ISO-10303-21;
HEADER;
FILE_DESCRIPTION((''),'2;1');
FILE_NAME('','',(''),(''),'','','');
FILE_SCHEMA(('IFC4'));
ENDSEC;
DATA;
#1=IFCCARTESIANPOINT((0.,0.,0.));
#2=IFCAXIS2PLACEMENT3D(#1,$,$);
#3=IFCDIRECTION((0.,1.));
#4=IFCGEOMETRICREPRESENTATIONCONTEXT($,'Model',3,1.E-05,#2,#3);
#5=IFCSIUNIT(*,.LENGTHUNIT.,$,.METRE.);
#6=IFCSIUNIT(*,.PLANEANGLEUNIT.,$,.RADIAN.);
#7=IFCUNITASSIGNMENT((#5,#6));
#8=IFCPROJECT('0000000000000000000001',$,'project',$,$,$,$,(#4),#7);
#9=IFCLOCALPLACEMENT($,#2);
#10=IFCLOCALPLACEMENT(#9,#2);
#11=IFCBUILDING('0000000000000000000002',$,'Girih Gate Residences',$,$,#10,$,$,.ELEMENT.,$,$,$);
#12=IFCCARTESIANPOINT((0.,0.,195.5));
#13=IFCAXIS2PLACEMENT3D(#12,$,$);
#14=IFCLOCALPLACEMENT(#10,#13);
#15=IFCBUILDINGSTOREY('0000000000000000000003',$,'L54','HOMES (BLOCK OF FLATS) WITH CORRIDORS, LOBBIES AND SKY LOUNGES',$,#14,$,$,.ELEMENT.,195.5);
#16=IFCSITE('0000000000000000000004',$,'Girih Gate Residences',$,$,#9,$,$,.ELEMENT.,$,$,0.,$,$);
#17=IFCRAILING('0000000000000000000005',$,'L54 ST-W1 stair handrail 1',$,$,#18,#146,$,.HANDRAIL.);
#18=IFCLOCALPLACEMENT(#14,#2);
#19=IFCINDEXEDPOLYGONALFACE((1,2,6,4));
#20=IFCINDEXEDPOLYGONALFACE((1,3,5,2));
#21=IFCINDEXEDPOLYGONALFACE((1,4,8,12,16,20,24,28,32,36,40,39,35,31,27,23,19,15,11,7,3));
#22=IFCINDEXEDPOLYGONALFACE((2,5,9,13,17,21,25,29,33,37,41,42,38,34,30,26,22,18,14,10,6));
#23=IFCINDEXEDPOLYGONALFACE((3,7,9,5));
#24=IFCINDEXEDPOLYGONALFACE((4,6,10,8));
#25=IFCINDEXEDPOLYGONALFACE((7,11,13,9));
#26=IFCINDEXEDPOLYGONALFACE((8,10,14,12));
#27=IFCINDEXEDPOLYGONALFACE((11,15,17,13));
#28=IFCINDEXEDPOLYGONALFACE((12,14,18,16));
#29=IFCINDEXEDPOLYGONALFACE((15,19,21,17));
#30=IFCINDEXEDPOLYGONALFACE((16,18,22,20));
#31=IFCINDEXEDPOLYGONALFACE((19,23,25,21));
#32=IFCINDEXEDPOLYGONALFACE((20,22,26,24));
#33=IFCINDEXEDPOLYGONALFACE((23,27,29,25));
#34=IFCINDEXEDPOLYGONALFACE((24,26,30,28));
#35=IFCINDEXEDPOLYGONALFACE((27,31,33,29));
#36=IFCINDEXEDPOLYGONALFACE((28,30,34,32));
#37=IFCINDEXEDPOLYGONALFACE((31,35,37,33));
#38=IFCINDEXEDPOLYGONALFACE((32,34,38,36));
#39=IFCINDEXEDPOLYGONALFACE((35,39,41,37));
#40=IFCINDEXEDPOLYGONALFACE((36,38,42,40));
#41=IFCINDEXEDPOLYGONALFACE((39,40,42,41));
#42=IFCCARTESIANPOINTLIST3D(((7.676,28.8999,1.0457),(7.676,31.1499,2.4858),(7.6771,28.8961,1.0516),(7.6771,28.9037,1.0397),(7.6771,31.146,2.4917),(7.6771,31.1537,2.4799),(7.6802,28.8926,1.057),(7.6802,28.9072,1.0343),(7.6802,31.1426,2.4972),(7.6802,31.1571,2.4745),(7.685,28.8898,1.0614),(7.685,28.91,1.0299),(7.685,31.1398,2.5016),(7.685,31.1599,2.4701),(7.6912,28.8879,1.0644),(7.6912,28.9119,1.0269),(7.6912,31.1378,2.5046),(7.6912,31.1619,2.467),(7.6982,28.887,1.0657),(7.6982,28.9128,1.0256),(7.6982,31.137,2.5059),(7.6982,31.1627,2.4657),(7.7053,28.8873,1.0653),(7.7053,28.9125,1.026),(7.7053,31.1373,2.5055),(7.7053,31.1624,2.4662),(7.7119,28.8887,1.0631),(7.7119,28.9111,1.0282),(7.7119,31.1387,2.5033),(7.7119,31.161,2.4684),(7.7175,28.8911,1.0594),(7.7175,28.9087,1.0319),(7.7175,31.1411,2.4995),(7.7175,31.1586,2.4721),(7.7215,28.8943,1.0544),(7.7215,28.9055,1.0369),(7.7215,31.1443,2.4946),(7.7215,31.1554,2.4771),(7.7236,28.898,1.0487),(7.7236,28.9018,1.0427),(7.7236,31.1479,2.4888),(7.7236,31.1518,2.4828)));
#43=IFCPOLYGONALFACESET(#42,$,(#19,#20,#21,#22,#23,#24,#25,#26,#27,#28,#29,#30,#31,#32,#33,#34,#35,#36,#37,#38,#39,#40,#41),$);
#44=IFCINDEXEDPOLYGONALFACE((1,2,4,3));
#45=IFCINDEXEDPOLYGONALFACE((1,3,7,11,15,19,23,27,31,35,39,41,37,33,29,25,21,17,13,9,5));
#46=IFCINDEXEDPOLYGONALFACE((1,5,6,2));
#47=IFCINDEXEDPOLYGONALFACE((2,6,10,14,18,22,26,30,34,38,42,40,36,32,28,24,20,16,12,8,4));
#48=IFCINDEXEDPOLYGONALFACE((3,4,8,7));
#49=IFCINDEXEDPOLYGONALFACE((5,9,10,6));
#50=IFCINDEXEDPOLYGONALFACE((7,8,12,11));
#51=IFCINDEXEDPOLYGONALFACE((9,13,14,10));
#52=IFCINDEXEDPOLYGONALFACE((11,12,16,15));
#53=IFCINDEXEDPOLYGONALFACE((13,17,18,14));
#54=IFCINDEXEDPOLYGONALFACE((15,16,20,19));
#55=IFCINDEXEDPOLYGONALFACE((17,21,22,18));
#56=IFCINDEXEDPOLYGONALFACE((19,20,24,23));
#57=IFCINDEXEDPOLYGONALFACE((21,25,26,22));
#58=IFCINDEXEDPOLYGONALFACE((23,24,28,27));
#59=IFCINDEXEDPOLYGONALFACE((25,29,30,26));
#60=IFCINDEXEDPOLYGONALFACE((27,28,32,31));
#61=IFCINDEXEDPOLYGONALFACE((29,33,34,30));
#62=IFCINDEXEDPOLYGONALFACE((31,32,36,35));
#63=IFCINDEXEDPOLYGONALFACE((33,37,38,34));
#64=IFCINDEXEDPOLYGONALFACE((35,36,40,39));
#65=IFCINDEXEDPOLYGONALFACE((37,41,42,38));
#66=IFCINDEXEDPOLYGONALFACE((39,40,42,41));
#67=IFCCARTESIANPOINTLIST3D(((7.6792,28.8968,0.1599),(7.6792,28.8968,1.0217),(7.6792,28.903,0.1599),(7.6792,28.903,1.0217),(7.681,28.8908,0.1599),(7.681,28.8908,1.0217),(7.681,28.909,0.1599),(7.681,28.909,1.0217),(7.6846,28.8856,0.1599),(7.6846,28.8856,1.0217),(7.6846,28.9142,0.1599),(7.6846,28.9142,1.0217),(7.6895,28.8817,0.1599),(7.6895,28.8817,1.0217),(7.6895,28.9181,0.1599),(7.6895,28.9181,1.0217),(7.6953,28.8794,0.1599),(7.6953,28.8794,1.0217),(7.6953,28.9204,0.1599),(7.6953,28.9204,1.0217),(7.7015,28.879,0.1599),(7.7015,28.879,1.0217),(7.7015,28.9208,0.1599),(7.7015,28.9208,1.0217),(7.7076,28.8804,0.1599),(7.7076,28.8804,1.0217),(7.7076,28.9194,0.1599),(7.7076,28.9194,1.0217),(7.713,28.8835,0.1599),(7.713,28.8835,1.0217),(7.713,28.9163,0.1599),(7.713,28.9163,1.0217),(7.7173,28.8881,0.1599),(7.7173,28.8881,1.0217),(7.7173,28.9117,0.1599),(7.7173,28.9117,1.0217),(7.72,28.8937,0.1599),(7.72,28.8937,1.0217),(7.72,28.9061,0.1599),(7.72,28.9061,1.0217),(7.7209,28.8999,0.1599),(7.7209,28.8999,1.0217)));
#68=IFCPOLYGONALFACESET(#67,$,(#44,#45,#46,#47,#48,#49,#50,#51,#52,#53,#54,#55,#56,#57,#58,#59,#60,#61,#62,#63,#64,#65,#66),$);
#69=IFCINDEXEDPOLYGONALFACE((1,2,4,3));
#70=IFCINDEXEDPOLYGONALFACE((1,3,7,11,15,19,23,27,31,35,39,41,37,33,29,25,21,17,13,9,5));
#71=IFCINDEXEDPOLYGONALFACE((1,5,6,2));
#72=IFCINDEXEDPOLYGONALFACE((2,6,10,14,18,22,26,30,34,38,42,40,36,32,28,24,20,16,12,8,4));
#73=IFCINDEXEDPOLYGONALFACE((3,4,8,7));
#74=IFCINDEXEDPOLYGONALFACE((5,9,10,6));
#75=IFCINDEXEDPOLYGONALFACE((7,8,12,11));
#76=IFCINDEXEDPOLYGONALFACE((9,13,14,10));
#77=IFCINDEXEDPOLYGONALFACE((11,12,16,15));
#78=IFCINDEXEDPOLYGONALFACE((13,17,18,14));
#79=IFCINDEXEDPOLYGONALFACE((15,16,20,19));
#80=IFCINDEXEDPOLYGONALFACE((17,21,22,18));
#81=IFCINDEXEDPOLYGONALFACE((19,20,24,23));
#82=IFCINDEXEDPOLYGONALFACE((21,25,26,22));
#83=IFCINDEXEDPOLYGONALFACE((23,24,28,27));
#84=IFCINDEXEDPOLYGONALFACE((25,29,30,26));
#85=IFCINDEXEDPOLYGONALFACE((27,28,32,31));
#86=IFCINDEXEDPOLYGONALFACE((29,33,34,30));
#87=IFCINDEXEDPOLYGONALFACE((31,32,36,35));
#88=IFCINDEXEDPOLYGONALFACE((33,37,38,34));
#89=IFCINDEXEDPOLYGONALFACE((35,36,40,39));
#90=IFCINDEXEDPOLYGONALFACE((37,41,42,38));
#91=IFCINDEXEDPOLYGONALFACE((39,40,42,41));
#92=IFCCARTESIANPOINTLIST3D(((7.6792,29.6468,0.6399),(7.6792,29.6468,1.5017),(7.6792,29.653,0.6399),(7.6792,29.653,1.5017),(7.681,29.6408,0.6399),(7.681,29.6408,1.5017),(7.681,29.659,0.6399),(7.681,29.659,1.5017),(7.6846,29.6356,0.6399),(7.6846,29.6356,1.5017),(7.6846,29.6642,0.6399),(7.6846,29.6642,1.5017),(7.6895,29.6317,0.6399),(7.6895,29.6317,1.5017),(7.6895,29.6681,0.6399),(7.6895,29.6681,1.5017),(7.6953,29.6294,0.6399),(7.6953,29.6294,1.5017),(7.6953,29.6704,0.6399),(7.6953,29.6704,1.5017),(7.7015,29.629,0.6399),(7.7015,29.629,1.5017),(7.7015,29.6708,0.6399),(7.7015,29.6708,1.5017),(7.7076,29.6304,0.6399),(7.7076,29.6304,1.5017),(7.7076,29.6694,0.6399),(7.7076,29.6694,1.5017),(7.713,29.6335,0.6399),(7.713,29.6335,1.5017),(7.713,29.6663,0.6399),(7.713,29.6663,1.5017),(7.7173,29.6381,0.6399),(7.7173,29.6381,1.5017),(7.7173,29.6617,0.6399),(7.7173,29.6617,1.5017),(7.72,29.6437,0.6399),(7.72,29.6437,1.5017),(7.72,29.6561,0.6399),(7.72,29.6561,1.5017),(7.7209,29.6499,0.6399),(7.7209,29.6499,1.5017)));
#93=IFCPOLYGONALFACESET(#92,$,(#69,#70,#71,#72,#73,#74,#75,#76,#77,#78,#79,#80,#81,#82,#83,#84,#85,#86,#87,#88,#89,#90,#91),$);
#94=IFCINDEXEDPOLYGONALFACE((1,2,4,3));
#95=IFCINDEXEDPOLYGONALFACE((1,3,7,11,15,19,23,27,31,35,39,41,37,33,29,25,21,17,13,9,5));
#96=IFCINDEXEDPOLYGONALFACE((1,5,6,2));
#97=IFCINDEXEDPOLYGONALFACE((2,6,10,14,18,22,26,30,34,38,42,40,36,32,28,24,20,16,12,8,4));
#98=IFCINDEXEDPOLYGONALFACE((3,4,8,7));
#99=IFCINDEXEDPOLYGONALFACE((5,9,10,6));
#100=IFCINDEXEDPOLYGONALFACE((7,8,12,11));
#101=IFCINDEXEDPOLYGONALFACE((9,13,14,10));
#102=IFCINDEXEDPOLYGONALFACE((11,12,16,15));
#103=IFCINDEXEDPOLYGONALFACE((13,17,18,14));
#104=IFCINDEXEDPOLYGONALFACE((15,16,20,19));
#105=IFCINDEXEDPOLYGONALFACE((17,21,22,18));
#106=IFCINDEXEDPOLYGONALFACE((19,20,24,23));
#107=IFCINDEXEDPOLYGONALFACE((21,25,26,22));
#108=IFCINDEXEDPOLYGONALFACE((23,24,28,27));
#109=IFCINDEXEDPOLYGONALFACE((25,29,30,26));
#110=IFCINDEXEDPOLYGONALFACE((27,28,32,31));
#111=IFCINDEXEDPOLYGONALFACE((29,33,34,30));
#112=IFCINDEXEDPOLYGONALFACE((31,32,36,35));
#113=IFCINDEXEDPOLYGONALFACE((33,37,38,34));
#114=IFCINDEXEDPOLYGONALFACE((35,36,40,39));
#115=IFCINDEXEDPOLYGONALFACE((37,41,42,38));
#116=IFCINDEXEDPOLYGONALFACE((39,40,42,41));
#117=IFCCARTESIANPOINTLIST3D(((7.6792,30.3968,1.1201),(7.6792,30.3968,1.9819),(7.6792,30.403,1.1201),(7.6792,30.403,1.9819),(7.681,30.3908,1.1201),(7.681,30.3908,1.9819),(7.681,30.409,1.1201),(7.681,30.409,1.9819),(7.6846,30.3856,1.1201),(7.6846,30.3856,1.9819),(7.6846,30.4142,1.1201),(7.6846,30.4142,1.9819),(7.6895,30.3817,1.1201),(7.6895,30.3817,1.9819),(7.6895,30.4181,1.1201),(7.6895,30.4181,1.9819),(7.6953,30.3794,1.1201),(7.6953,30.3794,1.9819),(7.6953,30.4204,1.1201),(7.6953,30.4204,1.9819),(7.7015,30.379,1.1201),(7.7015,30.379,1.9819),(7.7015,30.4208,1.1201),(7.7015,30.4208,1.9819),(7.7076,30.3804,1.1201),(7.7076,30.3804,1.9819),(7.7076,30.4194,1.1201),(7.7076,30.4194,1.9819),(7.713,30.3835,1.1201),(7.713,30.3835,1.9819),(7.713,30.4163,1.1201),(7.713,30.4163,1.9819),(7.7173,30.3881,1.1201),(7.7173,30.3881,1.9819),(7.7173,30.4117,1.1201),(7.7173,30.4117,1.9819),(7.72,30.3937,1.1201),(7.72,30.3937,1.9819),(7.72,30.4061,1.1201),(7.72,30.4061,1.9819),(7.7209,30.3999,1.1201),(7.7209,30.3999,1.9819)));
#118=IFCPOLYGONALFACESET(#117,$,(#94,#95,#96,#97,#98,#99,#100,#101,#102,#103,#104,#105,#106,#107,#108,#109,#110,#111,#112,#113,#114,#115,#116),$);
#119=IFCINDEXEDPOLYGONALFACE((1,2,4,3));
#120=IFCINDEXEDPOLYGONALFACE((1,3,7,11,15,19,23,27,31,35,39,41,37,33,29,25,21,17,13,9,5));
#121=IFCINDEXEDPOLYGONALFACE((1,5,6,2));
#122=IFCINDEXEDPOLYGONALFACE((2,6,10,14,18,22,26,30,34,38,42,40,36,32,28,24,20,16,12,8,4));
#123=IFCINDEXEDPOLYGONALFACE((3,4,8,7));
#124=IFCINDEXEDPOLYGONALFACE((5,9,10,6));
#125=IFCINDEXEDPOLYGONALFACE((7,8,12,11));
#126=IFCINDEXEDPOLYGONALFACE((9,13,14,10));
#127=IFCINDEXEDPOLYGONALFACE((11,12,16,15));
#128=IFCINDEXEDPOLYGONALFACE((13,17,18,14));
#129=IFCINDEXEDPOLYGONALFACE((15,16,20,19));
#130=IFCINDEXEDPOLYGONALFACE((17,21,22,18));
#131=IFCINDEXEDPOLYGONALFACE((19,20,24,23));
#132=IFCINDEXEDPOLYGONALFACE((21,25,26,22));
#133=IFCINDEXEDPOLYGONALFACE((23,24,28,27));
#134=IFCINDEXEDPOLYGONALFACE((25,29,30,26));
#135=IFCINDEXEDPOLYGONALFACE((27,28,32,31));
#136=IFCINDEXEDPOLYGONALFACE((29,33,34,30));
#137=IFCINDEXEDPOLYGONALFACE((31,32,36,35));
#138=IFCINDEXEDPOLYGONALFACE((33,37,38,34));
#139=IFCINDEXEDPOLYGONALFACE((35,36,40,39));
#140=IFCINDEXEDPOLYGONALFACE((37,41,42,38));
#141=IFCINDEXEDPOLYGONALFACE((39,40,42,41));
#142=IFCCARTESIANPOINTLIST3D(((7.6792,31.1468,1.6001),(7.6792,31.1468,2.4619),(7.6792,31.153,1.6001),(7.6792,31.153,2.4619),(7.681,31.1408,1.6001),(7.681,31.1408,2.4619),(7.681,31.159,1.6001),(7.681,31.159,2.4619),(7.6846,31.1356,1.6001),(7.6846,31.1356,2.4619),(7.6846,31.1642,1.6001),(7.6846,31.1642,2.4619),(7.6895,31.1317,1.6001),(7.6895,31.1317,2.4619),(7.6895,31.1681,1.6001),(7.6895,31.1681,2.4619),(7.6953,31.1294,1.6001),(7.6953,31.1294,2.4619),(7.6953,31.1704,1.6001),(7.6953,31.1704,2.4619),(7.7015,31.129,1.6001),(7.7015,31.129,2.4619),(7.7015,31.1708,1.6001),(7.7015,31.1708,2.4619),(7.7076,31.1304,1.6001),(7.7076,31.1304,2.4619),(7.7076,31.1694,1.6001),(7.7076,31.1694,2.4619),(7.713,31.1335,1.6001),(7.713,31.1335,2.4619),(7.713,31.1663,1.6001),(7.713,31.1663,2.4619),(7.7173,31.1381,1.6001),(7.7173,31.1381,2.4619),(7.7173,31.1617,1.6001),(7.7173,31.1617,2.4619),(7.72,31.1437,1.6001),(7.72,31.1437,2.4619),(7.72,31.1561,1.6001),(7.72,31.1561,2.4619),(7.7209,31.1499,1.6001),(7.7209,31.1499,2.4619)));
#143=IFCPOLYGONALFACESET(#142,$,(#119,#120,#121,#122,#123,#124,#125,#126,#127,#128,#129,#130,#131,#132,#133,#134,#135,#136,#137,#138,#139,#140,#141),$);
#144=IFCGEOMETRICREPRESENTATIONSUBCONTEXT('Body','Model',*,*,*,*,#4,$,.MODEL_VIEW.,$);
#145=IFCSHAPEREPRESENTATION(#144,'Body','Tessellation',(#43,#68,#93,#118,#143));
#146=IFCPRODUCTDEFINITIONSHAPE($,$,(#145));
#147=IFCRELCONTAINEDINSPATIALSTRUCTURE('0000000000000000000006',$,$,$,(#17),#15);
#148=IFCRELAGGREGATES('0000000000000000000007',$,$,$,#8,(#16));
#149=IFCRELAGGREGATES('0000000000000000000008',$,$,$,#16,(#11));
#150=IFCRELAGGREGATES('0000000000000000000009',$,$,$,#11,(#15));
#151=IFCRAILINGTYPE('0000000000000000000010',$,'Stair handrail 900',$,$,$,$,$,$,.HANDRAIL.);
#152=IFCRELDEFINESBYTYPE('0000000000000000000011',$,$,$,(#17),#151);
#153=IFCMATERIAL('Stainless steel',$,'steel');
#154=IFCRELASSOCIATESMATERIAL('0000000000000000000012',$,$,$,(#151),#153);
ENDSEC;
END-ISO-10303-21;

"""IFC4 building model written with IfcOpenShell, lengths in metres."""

from ifc_helpers import new_model, si_unit, direction, frame, origin, origin_2d, place, context, subcontext, project, spatial, circle, extrude, material, type_object, element, save


model = new_model("IFC4")

# Units and contexts
model_context = context("Model", 3, precision=1e-05, world=origin(), true_north=direction((0.0, 1.0)))
body_context = subcontext(model_context, "Body", "Model", "MODEL_VIEW")
ifc_project = project(units=[si_unit("LENGTHUNIT", "METRE"), si_unit("PLANEANGLEUNIT", "RADIAN")], contexts=[model_context])

# Site, building, storey
site_placement = place(None, origin())
site = spatial("IfcSite", under=ifc_project, at=site_placement, Name="Girih Gate Residences", CompositionType="ELEMENT", RefElevation=0.0)
building_placement = place(site_placement, origin())
building = spatial("IfcBuilding", under=site, at=building_placement, Name="Girih Gate Residences", CompositionType="ELEMENT")
storey_placement = place(building_placement, frame((0.0, 0.0, 195.5)))
storey = spatial("IfcBuildingStorey", under=building, at=storey_placement, Name="L54", Description="HOMES (BLOCK OF FLATS) WITH CORRIDORS, LOBBIES AND SKY LOUNGES", CompositionType="ELEMENT", Elevation=195.5)

# Railing
ifc_material_1 = material(Name="Stainless steel", Category="steel")
railing_type_1 = type_object("IfcRailingType", Name="Stair handrail 900", PredefinedType="HANDRAIL", material=ifc_material_1)
railing_1_placement = place(storey_placement, frame((7.7, 28.8999, 0.1599)))
element("IfcRailing", 1, at=railing_1_placement, inside=storey, type_object=railing_type_1, Name="L54 ST-W1 stair handrail 1", PredefinedType="HANDRAIL", context=body_context, shape_type="SweptSolid", body=[
    extrude(circle(Radius=0.0239, at=origin_2d()), frame((0.0, 0.0, 0.8857), z_axis=(0.0, 0.84224, 0.539103), x_axis=(-1.0, 0.0, 0.0)), (0.0, 0.0, 1.0), 2.6714),
    extrude(circle(Radius=0.021, at=origin_2d()), origin(), (0.0, 0.0, 1.0), 0.8618),
    extrude(circle(Radius=0.021, at=origin_2d()), frame((0.0, 0.75, 0.48)), (0.0, 0.0, 1.0), 0.8618),
    extrude(circle(Radius=0.021, at=origin_2d()), frame((0.0, 1.5, 0.9602)), (0.0, 0.0, 1.0), 0.8618),
    extrude(circle(Radius=0.021, at=origin_2d()), frame((0.0, 2.25, 1.4402)), (0.0, 0.0, 1.0), 0.8618),
])

save(model, "model.ifc")
